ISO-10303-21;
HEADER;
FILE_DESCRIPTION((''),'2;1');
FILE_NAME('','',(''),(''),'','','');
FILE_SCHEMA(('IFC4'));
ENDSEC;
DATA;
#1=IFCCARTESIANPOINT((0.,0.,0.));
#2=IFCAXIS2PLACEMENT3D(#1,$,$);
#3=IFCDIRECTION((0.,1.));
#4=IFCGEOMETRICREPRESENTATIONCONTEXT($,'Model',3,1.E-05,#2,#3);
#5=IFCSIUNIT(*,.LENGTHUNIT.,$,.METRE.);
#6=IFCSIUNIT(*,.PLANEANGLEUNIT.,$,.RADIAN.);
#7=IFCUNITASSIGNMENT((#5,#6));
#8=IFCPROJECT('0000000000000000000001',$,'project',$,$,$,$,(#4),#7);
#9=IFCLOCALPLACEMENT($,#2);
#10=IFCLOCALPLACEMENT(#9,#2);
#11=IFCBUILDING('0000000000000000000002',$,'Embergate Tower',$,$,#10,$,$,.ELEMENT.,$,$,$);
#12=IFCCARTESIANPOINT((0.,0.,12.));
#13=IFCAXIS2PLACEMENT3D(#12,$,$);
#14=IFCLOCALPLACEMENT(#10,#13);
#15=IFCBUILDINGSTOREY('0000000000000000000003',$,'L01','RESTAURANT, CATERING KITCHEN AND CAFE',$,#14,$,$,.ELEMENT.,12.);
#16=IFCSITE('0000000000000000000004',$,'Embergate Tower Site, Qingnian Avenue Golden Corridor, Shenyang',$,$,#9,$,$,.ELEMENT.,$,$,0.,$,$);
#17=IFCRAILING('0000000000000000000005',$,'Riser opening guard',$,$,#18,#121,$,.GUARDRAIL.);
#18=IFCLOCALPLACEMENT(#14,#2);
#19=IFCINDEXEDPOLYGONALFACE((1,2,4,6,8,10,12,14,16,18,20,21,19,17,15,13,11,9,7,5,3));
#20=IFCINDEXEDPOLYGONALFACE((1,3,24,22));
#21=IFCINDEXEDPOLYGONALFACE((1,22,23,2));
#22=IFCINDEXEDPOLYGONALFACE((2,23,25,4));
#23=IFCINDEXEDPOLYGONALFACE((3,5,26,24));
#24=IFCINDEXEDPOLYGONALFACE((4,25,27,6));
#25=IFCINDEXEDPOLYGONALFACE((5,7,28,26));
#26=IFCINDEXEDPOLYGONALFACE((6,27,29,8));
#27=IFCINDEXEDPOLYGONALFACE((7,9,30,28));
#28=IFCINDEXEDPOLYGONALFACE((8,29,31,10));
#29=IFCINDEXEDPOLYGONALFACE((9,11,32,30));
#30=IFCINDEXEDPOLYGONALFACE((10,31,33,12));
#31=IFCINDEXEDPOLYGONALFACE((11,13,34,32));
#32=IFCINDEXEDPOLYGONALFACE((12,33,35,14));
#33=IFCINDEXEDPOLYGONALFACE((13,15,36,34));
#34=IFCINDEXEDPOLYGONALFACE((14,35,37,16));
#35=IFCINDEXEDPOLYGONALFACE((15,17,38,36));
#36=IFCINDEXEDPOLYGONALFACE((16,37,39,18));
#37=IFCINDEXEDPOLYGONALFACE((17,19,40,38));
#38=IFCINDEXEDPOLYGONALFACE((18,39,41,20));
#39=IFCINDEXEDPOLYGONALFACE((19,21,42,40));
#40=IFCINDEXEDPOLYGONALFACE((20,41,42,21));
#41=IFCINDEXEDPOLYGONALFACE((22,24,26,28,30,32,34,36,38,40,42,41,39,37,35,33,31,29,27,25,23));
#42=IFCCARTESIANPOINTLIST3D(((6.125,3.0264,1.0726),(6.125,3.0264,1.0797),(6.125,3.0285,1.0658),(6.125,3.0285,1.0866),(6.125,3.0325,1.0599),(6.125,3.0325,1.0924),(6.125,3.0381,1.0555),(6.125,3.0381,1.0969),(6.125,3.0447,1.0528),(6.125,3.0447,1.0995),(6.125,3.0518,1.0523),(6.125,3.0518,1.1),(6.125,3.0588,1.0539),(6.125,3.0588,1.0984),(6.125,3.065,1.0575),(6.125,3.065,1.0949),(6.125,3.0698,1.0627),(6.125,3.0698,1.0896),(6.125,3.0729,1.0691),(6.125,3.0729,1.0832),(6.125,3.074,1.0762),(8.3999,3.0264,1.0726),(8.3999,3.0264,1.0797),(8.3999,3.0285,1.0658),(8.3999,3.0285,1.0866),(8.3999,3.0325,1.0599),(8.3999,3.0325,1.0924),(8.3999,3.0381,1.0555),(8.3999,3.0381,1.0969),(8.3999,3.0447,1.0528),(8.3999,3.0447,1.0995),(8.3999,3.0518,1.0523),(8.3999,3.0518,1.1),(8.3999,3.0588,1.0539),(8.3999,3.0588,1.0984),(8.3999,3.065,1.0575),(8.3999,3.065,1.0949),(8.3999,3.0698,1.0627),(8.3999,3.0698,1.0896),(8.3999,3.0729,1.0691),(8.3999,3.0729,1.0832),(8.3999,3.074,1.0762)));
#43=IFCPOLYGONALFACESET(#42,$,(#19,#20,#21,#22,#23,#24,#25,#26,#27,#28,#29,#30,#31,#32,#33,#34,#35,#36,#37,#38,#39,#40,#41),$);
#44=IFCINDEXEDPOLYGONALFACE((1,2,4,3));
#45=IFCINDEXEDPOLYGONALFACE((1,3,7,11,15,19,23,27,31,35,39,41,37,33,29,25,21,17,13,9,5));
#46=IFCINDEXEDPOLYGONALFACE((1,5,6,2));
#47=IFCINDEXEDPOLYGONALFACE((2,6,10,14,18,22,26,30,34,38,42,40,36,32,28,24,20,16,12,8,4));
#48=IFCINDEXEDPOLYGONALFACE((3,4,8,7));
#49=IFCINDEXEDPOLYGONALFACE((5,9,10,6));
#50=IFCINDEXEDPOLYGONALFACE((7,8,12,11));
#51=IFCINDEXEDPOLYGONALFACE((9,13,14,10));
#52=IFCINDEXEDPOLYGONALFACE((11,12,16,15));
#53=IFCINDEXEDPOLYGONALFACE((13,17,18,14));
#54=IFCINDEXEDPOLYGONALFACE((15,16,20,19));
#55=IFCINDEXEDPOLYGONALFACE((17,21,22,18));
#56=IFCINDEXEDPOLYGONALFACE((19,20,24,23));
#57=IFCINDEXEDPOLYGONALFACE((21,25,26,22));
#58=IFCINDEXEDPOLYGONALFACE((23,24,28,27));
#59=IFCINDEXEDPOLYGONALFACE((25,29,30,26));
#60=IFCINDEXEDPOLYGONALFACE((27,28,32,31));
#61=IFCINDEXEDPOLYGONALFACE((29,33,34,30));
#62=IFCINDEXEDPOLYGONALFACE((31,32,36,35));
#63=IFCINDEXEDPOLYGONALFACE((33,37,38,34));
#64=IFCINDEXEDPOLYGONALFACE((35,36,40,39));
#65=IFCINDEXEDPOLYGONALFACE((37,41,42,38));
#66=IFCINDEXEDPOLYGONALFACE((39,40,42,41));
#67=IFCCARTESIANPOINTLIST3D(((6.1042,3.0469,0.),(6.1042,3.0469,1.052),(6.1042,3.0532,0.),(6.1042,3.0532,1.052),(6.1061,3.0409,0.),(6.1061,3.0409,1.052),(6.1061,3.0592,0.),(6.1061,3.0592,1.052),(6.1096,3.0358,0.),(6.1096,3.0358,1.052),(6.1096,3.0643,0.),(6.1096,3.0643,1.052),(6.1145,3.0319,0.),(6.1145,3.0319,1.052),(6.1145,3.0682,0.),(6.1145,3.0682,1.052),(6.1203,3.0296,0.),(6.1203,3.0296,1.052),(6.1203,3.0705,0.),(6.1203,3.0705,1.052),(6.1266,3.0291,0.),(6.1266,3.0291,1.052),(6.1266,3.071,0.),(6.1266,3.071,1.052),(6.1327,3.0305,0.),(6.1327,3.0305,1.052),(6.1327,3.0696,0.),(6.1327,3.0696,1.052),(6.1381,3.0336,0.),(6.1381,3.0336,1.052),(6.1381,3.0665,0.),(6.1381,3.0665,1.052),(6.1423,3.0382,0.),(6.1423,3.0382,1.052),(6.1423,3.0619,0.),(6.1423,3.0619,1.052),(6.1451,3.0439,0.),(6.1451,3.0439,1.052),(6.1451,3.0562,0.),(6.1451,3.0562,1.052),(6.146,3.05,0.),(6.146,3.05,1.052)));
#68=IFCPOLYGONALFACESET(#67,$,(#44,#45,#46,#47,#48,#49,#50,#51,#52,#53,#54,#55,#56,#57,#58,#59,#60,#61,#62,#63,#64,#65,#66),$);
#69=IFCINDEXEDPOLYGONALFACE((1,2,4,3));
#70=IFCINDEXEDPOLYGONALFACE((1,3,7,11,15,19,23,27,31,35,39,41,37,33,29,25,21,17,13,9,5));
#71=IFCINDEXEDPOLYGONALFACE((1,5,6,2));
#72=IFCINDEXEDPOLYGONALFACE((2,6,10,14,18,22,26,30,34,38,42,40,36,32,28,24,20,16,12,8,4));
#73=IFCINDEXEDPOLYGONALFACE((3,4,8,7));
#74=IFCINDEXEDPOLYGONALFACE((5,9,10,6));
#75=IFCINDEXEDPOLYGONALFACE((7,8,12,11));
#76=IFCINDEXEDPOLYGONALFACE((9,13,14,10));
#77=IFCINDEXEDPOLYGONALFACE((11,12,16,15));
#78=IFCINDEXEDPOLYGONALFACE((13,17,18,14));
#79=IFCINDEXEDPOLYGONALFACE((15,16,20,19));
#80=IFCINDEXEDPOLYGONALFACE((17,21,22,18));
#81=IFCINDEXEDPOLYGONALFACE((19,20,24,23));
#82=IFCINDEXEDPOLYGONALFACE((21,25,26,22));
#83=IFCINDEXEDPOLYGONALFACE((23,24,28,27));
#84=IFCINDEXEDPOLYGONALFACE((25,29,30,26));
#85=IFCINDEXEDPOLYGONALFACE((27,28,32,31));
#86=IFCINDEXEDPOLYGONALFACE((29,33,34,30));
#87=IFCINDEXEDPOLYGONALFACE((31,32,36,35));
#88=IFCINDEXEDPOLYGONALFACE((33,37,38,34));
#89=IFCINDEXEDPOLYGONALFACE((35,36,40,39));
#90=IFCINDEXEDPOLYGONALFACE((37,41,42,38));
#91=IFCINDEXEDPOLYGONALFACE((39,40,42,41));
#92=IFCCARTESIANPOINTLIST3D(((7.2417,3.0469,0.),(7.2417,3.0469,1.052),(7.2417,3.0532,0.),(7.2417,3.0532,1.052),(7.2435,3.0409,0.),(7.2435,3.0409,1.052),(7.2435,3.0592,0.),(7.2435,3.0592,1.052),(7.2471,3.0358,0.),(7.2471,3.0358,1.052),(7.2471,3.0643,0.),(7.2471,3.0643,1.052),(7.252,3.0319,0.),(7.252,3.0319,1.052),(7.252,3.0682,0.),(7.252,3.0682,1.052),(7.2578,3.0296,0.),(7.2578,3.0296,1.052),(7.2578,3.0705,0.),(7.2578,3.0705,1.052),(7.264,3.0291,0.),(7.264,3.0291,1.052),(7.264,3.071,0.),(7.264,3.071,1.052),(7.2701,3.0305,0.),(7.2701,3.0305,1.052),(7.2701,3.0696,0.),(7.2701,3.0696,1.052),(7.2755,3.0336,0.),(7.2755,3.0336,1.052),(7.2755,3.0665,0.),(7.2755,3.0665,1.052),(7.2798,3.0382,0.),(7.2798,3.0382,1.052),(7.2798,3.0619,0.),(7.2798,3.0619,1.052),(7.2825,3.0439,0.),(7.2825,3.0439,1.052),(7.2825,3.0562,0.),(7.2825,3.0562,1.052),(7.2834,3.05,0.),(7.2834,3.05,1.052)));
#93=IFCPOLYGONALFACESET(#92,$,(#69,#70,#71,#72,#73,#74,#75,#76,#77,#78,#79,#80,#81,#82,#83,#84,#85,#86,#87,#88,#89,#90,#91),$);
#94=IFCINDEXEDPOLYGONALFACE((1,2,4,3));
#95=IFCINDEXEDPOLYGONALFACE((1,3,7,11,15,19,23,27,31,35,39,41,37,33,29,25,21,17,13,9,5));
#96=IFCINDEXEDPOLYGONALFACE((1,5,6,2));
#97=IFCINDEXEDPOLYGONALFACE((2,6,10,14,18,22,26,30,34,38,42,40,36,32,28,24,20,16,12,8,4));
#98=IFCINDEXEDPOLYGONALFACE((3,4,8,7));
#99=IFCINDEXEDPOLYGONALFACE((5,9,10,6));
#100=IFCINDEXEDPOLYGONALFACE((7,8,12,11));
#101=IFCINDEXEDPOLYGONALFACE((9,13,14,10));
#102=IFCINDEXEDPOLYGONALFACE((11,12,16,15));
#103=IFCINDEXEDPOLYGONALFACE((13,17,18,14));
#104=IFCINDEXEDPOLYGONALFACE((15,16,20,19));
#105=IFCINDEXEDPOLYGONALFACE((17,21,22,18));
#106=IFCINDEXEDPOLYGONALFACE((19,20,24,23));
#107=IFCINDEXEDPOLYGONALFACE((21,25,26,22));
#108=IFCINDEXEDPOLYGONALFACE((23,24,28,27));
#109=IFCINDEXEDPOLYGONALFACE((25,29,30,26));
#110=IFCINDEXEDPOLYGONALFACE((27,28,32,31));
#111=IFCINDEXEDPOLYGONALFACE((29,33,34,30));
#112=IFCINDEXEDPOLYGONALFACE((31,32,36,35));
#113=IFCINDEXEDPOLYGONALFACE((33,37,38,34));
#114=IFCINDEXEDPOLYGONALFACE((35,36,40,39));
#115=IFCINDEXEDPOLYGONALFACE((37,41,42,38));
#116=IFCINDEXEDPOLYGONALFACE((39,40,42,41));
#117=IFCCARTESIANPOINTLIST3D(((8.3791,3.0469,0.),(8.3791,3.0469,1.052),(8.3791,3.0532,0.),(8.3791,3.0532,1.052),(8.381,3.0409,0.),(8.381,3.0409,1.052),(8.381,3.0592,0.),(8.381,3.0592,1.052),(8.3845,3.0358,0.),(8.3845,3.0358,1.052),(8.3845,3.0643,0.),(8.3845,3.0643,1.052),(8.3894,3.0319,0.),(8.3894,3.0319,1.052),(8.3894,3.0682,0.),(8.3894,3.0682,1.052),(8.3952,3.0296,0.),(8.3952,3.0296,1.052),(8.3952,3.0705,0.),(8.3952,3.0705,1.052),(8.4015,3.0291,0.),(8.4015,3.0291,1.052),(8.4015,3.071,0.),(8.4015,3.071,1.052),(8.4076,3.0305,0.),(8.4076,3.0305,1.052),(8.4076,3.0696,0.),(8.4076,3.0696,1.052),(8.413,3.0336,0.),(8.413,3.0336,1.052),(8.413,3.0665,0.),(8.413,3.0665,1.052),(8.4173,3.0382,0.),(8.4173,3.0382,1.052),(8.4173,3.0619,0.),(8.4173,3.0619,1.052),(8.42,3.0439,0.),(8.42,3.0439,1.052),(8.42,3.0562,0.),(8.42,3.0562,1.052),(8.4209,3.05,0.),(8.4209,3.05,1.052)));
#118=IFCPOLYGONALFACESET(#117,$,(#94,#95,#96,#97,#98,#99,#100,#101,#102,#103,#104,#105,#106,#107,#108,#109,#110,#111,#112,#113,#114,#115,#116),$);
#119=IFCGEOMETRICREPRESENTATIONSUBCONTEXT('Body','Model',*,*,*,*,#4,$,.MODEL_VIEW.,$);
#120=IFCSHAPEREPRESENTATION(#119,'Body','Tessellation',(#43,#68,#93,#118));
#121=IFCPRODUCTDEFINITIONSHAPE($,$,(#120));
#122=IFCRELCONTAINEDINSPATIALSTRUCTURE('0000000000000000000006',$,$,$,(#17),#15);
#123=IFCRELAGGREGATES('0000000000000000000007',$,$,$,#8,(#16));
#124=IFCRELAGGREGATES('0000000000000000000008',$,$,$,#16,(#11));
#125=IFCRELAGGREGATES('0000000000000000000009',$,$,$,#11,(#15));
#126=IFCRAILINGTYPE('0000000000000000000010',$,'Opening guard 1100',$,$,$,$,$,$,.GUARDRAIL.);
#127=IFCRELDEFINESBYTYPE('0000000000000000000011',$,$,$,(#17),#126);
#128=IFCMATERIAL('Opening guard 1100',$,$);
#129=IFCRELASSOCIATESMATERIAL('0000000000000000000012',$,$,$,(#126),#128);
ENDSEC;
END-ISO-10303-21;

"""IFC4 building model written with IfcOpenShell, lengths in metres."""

from ifc_helpers import new_model, si_unit, direction, frame, origin, origin_2d, place, context, subcontext, project, spatial, circle, extrude, source, transform, mapped, material, type_object, element, save


model = new_model("IFC4")

# Units and contexts
model_context = context("Model", 3, precision=1e-05, world=origin(), true_north=direction((0.0, 1.0)))
body_context = subcontext(model_context, "Body", "Model", "MODEL_VIEW")
ifc_project = project(units=[si_unit("LENGTHUNIT", "METRE"), si_unit("PLANEANGLEUNIT", "RADIAN")], contexts=[model_context])

# Site, building, storey
site_placement = place(None, origin())
site = spatial("IfcSite", under=ifc_project, at=site_placement, Name="Embergate Tower Site, Qingnian Avenue Golden Corridor, Shenyang", CompositionType="ELEMENT", RefElevation=0.0)
building_placement = place(site_placement, origin())
building = spatial("IfcBuilding", under=site, at=building_placement, Name="Embergate Tower", CompositionType="ELEMENT")
storey_placement = place(building_placement, frame((0.0, 0.0, 12.0)))
storey = spatial("IfcBuildingStorey", under=building, at=storey_placement, Name="L01", Description="RESTAURANT, CATERING KITCHEN AND CAFE", CompositionType="ELEMENT", Elevation=12.0)

# Railing
ifc_material_1 = material(Name="Opening guard 1100")
railing_type_1 = type_object("IfcRailingType", Name="Opening guard 1100", PredefinedType="GUARDRAIL", material=ifc_material_1)
shared_shape_1 = source(origin(), body_context, "Body", "SweptSolid", [
    extrude(circle(Radius=0.0239, at=origin_2d()), frame((0.0, 0.0, 1.0762), z_axis=(1.0, 0.0, 0.0), x_axis=(0.0, 1.0, 0.0)), (0.0, 0.0, 1.0), 2.2749),
    extrude(circle(Radius=0.021, at=origin_2d()), origin(), (0.0, 0.0, 1.0), 1.052),
    extrude(circle(Radius=0.021, at=origin_2d()), frame((1.1375, 0.0, 0.0)), (0.0, 0.0, 1.0), 1.052),
    extrude(circle(Radius=0.021, at=origin_2d()), frame((2.2749, 0.0, 0.0)), (0.0, 0.0, 1.0), 1.052),
])
railing_1_placement = place(storey_placement, frame((6.125, 3.05, 0.0)))
element("IfcRailing", 1, at=railing_1_placement, inside=storey, type_object=railing_type_1, Name="Riser opening guard", PredefinedType="GUARDRAIL", context=body_context, shape_type="MappedRepresentation", body=[
    mapped(shared_shape_1, transform((0.0, 0.0, 0.0))),
])

save(model, "model.ifc")
